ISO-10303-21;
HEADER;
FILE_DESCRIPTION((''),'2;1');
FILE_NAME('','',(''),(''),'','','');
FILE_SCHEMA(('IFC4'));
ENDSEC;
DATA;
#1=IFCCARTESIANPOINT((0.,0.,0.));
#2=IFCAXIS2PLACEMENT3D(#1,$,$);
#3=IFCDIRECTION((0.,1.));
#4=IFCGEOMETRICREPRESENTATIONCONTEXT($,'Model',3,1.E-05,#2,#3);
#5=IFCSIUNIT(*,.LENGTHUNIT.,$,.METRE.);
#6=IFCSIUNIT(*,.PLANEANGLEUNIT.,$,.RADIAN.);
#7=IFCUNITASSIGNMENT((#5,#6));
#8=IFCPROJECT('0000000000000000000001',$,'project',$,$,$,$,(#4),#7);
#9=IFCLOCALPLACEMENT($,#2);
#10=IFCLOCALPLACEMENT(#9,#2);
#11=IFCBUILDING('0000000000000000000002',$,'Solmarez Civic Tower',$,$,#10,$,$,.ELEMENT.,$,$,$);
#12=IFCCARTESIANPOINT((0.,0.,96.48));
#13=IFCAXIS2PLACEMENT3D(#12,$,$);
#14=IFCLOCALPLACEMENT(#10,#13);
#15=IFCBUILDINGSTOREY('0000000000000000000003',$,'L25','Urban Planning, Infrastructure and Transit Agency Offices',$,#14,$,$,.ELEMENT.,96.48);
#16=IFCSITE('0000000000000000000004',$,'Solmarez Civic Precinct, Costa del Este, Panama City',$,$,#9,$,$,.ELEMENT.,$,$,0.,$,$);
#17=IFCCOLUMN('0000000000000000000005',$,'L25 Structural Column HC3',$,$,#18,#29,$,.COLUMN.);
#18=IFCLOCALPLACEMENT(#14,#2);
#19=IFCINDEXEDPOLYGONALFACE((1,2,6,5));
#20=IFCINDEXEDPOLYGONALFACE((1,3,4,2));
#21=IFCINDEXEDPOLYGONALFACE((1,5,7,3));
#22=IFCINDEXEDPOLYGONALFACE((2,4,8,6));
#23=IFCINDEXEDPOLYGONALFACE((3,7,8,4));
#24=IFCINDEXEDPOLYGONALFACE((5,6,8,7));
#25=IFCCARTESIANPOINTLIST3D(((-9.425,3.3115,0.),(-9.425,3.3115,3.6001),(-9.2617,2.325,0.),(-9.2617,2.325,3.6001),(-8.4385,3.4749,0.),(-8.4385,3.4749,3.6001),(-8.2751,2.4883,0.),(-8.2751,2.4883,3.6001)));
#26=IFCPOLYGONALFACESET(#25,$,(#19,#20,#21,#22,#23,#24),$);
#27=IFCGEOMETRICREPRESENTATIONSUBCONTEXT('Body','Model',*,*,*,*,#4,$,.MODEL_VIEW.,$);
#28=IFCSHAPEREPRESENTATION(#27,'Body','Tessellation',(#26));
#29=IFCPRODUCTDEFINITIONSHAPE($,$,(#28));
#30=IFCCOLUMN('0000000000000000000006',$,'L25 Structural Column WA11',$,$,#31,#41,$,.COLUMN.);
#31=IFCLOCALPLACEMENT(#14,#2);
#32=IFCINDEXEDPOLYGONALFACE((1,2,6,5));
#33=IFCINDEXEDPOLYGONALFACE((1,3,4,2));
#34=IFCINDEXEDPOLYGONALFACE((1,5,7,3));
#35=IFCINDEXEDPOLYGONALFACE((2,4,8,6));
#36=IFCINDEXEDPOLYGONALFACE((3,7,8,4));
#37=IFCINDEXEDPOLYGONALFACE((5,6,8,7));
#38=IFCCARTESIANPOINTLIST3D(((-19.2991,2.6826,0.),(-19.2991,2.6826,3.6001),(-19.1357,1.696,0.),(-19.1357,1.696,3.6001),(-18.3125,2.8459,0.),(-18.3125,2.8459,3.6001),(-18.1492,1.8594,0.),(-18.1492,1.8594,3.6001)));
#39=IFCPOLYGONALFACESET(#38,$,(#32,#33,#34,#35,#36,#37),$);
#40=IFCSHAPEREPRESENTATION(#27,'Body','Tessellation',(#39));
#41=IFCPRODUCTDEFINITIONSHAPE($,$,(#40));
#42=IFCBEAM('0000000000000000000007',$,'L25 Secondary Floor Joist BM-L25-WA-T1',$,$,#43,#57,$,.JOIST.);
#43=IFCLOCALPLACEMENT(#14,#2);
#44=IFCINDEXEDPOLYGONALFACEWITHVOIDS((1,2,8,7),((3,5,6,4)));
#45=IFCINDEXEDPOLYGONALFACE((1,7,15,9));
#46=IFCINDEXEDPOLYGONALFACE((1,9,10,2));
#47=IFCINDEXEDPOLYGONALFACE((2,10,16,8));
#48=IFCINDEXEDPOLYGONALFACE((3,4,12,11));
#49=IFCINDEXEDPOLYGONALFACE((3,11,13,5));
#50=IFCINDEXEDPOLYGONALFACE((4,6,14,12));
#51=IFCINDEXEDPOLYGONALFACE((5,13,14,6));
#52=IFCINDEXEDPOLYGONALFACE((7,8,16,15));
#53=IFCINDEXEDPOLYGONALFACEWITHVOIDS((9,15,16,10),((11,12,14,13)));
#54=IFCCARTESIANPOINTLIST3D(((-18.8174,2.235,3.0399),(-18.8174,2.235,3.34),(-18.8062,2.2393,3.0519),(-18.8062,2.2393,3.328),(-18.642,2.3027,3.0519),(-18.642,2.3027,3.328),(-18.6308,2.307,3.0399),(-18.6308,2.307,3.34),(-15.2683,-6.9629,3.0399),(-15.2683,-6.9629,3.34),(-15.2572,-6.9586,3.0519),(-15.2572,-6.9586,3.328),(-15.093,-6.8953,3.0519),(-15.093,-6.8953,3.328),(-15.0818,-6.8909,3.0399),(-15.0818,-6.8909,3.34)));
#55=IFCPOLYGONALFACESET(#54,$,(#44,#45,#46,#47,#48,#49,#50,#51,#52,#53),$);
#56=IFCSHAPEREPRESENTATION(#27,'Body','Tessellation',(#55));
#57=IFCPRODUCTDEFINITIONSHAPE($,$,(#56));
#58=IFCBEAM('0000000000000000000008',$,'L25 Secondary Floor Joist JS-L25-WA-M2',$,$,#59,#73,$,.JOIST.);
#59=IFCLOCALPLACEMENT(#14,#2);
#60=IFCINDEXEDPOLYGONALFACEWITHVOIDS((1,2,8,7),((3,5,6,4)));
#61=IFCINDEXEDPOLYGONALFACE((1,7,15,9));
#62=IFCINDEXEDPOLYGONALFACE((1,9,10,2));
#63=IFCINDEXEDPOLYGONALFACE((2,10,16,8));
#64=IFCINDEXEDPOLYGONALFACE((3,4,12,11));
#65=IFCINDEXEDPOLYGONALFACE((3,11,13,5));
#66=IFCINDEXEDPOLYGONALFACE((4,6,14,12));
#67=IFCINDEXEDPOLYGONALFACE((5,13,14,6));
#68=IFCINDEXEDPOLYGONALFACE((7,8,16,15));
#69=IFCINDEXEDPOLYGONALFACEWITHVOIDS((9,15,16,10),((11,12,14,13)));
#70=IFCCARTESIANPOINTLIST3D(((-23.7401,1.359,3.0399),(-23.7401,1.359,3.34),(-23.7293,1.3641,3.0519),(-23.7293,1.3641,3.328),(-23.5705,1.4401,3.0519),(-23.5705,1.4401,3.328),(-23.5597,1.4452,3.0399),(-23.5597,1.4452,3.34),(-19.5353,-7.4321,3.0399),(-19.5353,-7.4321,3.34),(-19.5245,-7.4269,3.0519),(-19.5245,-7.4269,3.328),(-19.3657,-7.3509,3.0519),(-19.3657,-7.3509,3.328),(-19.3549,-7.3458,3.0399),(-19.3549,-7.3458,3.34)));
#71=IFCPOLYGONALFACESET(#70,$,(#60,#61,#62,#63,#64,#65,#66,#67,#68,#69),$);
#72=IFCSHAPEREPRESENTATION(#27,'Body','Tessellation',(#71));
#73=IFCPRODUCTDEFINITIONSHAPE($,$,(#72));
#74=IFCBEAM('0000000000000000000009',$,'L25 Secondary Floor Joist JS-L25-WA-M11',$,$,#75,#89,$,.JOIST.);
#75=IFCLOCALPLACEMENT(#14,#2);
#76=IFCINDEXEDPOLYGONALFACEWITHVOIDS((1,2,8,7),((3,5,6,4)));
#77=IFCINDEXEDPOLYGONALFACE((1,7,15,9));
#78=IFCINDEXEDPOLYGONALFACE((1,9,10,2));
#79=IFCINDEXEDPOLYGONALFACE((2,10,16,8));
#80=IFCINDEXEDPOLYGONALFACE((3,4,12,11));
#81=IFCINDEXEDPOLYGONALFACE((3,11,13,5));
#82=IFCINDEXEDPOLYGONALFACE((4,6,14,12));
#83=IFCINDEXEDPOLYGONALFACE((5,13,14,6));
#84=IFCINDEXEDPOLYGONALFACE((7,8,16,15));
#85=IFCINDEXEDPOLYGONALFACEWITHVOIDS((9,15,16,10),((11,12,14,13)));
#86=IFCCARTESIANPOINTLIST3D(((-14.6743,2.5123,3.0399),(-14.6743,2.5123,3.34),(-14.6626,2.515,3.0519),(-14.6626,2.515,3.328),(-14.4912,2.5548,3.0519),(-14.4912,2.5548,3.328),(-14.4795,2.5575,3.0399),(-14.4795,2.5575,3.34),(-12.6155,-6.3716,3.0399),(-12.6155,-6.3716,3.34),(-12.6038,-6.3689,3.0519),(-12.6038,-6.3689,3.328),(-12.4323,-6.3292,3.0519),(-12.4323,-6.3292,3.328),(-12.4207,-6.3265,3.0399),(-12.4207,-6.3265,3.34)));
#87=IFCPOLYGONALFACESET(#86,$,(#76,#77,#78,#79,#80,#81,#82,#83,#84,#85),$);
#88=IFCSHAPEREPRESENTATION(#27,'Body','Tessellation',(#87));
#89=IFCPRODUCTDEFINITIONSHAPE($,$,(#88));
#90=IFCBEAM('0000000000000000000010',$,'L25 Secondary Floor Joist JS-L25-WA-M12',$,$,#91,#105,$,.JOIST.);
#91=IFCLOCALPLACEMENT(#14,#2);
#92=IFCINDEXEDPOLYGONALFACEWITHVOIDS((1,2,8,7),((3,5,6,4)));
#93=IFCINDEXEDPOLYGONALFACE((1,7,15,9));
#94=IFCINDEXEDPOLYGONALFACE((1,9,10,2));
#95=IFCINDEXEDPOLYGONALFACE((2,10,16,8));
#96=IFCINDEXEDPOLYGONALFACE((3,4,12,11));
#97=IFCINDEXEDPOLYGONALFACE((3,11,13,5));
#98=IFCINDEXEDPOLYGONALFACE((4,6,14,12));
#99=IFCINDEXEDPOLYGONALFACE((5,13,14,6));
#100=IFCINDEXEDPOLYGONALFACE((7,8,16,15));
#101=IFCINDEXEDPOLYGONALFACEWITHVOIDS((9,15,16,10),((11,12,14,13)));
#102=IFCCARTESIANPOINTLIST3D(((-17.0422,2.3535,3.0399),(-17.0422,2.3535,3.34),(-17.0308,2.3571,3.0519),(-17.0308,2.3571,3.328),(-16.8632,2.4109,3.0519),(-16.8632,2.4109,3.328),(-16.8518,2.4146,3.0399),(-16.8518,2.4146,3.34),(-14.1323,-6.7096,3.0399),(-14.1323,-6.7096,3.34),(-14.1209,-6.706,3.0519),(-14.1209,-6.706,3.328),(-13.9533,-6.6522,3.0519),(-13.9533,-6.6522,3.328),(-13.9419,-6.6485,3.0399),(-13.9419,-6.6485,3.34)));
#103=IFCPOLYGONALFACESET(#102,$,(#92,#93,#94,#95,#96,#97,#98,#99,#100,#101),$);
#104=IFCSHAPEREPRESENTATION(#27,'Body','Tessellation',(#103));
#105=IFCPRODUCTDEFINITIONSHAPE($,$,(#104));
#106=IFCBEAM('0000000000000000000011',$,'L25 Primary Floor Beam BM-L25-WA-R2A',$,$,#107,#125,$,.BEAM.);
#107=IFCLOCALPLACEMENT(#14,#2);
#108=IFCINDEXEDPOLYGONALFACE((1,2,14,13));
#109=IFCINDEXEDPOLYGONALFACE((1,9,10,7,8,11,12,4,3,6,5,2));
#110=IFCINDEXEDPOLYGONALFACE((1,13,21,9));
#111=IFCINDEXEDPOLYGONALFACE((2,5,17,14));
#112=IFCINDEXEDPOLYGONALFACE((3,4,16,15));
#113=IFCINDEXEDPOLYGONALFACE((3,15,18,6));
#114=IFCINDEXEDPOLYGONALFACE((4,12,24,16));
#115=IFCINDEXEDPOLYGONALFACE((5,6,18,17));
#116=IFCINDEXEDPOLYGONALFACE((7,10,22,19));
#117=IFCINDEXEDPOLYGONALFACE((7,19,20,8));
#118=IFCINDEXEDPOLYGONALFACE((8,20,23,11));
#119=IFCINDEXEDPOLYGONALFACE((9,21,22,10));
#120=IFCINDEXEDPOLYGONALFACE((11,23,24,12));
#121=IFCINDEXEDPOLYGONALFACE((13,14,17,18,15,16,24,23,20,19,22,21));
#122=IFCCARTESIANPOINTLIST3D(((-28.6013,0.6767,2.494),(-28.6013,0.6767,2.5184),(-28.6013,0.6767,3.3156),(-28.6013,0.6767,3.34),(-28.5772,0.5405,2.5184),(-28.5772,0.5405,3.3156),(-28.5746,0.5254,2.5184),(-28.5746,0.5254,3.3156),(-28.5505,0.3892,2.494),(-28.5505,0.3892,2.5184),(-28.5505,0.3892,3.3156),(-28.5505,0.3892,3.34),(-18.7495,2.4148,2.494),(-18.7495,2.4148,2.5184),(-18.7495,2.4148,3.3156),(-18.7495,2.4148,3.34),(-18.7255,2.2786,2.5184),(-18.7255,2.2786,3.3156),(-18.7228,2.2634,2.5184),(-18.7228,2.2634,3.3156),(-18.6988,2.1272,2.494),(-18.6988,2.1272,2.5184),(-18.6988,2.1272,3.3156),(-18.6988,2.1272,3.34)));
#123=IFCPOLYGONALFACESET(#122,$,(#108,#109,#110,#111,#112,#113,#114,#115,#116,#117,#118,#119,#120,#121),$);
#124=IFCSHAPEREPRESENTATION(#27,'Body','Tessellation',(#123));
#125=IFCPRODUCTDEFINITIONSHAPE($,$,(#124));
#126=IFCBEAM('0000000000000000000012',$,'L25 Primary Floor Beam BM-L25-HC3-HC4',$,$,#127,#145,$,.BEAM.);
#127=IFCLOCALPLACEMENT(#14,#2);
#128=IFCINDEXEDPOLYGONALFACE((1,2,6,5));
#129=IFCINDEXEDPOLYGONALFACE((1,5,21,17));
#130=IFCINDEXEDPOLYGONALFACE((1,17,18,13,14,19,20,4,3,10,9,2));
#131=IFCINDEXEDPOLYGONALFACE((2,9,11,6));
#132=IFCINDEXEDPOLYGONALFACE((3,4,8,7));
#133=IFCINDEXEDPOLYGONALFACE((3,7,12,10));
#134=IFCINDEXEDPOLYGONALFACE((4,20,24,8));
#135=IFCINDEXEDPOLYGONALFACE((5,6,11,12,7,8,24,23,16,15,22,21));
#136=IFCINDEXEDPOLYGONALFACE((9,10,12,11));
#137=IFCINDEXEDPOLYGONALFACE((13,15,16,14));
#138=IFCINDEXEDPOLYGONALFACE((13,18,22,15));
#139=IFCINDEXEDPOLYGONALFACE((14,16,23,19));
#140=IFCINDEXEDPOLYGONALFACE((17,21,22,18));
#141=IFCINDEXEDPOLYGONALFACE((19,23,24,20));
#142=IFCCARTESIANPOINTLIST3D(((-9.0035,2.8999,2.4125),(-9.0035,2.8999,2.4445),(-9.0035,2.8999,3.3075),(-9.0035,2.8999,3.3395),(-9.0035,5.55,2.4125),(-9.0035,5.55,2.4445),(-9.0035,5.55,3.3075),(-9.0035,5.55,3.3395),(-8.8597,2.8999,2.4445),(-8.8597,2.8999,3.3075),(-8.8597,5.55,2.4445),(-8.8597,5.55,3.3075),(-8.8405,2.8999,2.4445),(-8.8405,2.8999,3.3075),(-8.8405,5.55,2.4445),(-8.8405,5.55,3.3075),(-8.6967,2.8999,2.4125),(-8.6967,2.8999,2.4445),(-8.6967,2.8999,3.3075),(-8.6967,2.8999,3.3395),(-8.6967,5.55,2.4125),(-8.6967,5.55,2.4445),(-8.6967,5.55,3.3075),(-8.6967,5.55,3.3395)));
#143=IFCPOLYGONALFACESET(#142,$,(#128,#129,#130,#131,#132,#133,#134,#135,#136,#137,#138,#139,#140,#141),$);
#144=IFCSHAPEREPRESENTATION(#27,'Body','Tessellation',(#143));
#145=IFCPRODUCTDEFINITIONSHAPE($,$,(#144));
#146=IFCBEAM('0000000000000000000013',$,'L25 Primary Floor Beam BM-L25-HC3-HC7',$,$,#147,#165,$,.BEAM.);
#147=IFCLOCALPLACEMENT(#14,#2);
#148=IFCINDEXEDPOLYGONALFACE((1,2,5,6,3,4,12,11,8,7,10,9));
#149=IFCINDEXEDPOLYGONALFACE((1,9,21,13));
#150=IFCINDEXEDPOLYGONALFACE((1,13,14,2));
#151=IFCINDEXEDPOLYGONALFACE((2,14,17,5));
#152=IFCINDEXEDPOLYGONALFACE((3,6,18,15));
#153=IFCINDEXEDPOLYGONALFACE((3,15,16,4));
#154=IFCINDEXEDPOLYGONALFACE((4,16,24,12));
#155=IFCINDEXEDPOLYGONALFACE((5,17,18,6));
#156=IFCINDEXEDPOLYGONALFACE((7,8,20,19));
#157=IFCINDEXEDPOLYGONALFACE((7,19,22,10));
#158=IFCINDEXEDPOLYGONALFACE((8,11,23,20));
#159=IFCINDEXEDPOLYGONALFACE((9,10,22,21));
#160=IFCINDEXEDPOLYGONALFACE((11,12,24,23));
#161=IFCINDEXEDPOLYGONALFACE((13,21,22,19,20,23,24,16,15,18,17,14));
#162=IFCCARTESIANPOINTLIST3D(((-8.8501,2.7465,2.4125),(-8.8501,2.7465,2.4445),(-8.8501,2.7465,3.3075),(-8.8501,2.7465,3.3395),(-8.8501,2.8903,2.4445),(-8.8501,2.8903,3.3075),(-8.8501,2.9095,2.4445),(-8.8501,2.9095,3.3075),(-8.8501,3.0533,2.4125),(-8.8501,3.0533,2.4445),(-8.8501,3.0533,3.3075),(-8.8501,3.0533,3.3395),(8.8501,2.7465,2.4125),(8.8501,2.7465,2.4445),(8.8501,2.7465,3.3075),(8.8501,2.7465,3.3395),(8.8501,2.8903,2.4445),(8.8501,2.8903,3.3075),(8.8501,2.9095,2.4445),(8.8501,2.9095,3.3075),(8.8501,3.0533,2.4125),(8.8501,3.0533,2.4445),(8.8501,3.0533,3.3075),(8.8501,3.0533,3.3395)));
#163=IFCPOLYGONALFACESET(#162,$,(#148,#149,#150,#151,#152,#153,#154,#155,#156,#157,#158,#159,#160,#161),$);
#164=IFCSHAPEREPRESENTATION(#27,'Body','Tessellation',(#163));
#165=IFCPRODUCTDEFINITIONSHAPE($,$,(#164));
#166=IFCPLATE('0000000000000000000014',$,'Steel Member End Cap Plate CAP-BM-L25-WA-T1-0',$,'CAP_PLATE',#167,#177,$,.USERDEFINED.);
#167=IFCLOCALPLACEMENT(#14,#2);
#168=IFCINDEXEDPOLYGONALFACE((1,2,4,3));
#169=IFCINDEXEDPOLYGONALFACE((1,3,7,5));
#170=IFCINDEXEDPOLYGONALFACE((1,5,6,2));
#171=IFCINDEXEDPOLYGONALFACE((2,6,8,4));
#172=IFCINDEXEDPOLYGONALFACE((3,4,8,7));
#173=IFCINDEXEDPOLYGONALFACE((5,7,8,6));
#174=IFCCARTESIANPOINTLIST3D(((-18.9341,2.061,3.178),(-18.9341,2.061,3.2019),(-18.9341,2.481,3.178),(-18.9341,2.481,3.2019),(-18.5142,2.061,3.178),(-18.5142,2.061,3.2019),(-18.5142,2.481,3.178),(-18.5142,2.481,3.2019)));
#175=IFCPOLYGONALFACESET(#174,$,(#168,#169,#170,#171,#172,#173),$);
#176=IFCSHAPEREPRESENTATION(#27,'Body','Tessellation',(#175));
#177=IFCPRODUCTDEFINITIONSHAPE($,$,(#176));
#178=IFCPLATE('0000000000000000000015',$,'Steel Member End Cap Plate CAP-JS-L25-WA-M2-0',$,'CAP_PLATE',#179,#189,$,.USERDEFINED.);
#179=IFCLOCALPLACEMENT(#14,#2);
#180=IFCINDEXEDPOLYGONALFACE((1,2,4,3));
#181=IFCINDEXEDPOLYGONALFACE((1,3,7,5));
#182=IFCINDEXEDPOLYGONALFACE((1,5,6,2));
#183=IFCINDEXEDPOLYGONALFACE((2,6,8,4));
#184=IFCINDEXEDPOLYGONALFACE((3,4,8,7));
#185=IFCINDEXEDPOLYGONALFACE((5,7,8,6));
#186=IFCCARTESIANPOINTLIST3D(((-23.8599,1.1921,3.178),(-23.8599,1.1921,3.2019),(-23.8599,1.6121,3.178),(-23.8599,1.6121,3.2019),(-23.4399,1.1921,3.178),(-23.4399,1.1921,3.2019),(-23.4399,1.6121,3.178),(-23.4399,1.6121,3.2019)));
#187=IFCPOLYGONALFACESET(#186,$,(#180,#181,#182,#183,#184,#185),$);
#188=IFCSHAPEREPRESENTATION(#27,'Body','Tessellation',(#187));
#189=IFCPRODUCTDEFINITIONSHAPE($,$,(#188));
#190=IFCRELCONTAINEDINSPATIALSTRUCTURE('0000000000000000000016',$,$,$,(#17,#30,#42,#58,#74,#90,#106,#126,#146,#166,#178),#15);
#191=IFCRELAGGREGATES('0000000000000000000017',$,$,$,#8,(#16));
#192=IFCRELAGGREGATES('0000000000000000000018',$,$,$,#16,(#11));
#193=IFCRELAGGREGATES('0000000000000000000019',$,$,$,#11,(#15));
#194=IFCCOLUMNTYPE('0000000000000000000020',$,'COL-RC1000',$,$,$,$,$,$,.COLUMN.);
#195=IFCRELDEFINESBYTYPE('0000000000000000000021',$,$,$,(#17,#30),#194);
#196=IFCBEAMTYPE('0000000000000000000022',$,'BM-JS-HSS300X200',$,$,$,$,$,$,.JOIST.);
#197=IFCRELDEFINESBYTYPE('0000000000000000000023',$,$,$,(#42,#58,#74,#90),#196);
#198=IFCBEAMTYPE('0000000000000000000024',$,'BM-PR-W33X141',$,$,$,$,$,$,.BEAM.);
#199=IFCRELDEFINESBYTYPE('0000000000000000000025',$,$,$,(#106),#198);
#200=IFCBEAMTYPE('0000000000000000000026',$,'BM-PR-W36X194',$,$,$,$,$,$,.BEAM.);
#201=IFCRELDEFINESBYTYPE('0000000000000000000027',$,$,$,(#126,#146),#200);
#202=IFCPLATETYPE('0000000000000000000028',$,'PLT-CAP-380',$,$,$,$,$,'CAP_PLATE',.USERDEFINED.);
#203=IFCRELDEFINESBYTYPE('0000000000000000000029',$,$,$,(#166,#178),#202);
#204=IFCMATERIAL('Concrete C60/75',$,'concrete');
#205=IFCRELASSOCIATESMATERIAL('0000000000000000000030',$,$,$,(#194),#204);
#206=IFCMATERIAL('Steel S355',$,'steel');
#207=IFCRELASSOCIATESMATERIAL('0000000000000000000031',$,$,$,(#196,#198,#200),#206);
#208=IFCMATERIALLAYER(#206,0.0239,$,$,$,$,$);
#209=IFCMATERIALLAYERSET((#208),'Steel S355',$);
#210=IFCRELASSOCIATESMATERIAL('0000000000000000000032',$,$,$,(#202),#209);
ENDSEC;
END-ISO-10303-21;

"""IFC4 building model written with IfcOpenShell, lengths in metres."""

from ifc_helpers import new_model, si_unit, direction, frame, origin, origin_2d, place, context, subcontext, project, spatial, rectangle, hollow_rectangle, i_section, extrude, material, layer, layer_set, material_profile, profile_set, type_object, element, save


model = new_model("IFC4")

# Units and contexts
model_context = context("Model", 3, precision=1e-05, world=origin(), true_north=direction((0.0, 1.0)))
body_context = subcontext(model_context, "Body", "Model", "MODEL_VIEW")
ifc_project = project(units=[si_unit("LENGTHUNIT", "METRE"), si_unit("PLANEANGLEUNIT", "RADIAN")], contexts=[model_context])

# Site, building, storey
site_placement = place(None, origin())
site = spatial("IfcSite", under=ifc_project, at=site_placement, Name="Solmarez Civic Precinct, Costa del Este, Panama City", CompositionType="ELEMENT", RefElevation=0.0)
building_placement = place(site_placement, origin())
building = spatial("IfcBuilding", under=site, at=building_placement, Name="Solmarez Civic Tower", CompositionType="ELEMENT")
storey_placement = place(building_placement, frame((0.0, 0.0, 96.48)))
storey = spatial("IfcBuildingStorey", under=building, at=storey_placement, Name="L25", Description="Urban Planning, Infrastructure and Transit Agency Offices", CompositionType="ELEMENT", Elevation=96.48)

# Columns
ifc_material_1 = material(Name="Concrete C60/75", Category="concrete")
ifc_material_profile_1 = material_profile(ifc_material_1, rectangle(XDim=1.0, YDim=1.0, at=origin_2d()), Name="RC1000X1000")
ifc_profile_set_1 = profile_set([ifc_material_profile_1], Name="Concrete C60/75")
column_type = type_object("IfcColumnType", Name="COL-RC1000", PredefinedType="COLUMN", material=ifc_profile_set_1)
for number, where, z_axis, x_axis, name in (
    (1, (-8.8501, 2.8999, 0.0), (0.0, 0.0, 1.0), (0.986572, 0.163326, 0.0), "L25 Structural Column HC3"),
    (2, (-18.7241, 2.271, 0.0), (0.0, 0.0, 1.0), (0.986572, 0.163326, 0.0), "L25 Structural Column WA11"),
):
    element("IfcColumn", number, at=place(storey_placement, frame(where, z_axis=z_axis, x_axis=x_axis)), inside=storey, type_object=column_type, Name=name, PredefinedType="COLUMN", context=body_context, shape_type="SweptSolid", body=[
        extrude(rectangle(XDim=1.0, YDim=1.0, at=origin_2d()), origin(), (0.0, 0.0, 1.0), 3.6001),
    ])

# Beams
ifc_material_2 = material(Name="Steel S355", Category="steel")
ifc_material_profile_2 = material_profile(ifc_material_2, hollow_rectangle(XDim=0.2, YDim=0.3, WallThickness=0.012, at=origin_2d()), Name="HSS300X200X12")
ifc_profile_set_2 = profile_set([ifc_material_profile_2], Name="Steel S355")
beam_type_1 = type_object("IfcBeamType", Name="BM-JS-HSS300X200", PredefinedType="JOIST", material=ifc_profile_set_2)
beam_1_placement = place(storey_placement, frame((-18.7241, 2.271, 3.1899), z_axis=(0.359984, -0.932958, 0.0), x_axis=(0.932958, 0.359984, 0.0)))
element("IfcBeam", 3, at=beam_1_placement, inside=storey, type_object=beam_type_1, Name="L25 Secondary Floor Joist BM-L25-WA-T1", PredefinedType="JOIST", context=body_context, shape_type="SweptSolid", body=[
    extrude(hollow_rectangle(XDim=0.2, YDim=0.3, WallThickness=0.012, at=origin_2d()), origin(), (0.0, 0.0, 1.0), 9.8589),
])
beam_2_placement = place(storey_placement, frame((-23.6499, 1.4021, 3.1899), z_axis=(0.431492, -0.902117, 0.0), x_axis=(0.902117, 0.431492, 0.0)))
element("IfcBeam", 4, at=beam_2_placement, inside=storey, type_object=beam_type_1, Name="L25 Secondary Floor Joist JS-L25-WA-M2", PredefinedType="JOIST", context=body_context, shape_type="SweptSolid", body=[
    extrude(hollow_rectangle(XDim=0.2, YDim=0.3, WallThickness=0.012, at=origin_2d()), origin(), (0.0, 0.0, 1.0), 9.7449),
])
beam_3_placement = place(storey_placement, frame((-14.5769, 2.5349, 3.1899), z_axis=(0.225763, -0.974182, 0.0), x_axis=(0.974182, 0.225763, 0.0)))
element("IfcBeam", 5, at=beam_3_placement, inside=storey, type_object=beam_type_1, Name="L25 Secondary Floor Joist JS-L25-WA-M11", PredefinedType="JOIST", context=body_context, shape_type="SweptSolid", body=[
    extrude(hollow_rectangle(XDim=0.2, YDim=0.3, WallThickness=0.012, at=origin_2d()), origin(), (0.0, 0.0, 1.0), 9.1194),
])
beam_4_placement = place(storey_placement, frame((-16.947, 2.384, 3.1899), z_axis=(0.305705, -0.952126, 0.0), x_axis=(0.952126, 0.305705, 0.0)))
element("IfcBeam", 6, at=beam_4_placement, inside=storey, type_object=beam_type_1, Name="L25 Secondary Floor Joist JS-L25-WA-M12", PredefinedType="JOIST", context=body_context, shape_type="SweptSolid", body=[
    extrude(hollow_rectangle(XDim=0.2, YDim=0.3, WallThickness=0.012, at=origin_2d()), origin(), (0.0, 0.0, 1.0), 9.5188),
])
ifc_material_profile_3 = material_profile(ifc_material_2, i_section(OverallWidth=0.292, OverallDepth=0.8459, WebThickness=0.0154, FlangeThickness=0.0244, at=origin_2d()), Name="W33X141")
ifc_profile_set_3 = profile_set([ifc_material_profile_3], Name="Steel S355")
beam_type_2 = type_object("IfcBeamType", Name="BM-PR-W33X141", PredefinedType="BEAM", material=ifc_profile_set_3)
beam_5_placement = place(storey_placement, frame((-18.7241, 2.271, 2.917), z_axis=(-0.984792, -0.173735, 0.0), x_axis=(0.173735, -0.984792, 0.0)))
element("IfcBeam", 7, at=beam_5_placement, inside=storey, type_object=beam_type_2, Name="L25 Primary Floor Beam BM-L25-WA-R2A", PredefinedType="BEAM", context=body_context, shape_type="SweptSolid", body=[
    extrude(i_section(OverallWidth=0.292, OverallDepth=0.8459, WebThickness=0.0154, FlangeThickness=0.0244, at=origin_2d()), origin(), (0.0, 0.0, 1.0), 10.0039),
])
ifc_material_profile_4 = material_profile(ifc_material_2, i_section(OverallWidth=0.3069, OverallDepth=0.927, WebThickness=0.0193, FlangeThickness=0.032, at=origin_2d()), Name="W36X194")
ifc_profile_set_4 = profile_set([ifc_material_profile_4], Name="Steel S355")
beam_type_3 = type_object("IfcBeamType", Name="BM-PR-W36X194", PredefinedType="BEAM", material=ifc_profile_set_4)
beam_6_placement = place(storey_placement, frame((-8.8501, 2.8999, 2.876), z_axis=(0.0, 1.0, 0.0), x_axis=(-1.0, 0.0, 0.0)))
element("IfcBeam", 8, at=beam_6_placement, inside=storey, type_object=beam_type_3, Name="L25 Primary Floor Beam BM-L25-HC3-HC4", PredefinedType="BEAM", context=body_context, shape_type="SweptSolid", body=[
    extrude(i_section(OverallWidth=0.3069, OverallDepth=0.927, WebThickness=0.0193, FlangeThickness=0.032, at=origin_2d()), origin(), (0.0, 0.0, 1.0), 2.6501),
])
beam_7_placement = place(storey_placement, frame((-8.8501, 2.8999, 2.876), z_axis=(1.0, 0.0, 0.0), x_axis=(0.0, 1.0, 0.0)))
element("IfcBeam", 9, at=beam_7_placement, inside=storey, type_object=beam_type_3, Name="L25 Primary Floor Beam BM-L25-HC3-HC7", PredefinedType="BEAM", context=body_context, shape_type="SweptSolid", body=[
    extrude(i_section(OverallWidth=0.3069, OverallDepth=0.927, WebThickness=0.0193, FlangeThickness=0.032, at=origin_2d()), origin(), (0.0, 0.0, 1.0), 17.7002),
])

# Plates
ifc_layer_1 = layer(ifc_material_2, 0.0239)
ifc_layer_set_1 = layer_set([ifc_layer_1], Name="Steel S355")
plate_type_1 = type_object("IfcPlateType", Name="PLT-CAP-380", ElementType="CAP_PLATE", PredefinedType="USERDEFINED", material=ifc_layer_set_1)
for number, where, z_axis, x_axis, name in (
    (10, (-18.7241, 2.271, 3.178), (0.0, 0.0, 1.0), (1.0, 0.0, 0.0), "Steel Member End Cap Plate CAP-BM-L25-WA-T1-0"),
    (11, (-23.6499, 1.4021, 3.178), (0.0, 0.0, 1.0), (1.0, 0.0, 0.0), "Steel Member End Cap Plate CAP-JS-L25-WA-M2-0"),
):
    element("IfcPlate", number, at=place(storey_placement, frame(where, z_axis=z_axis, x_axis=x_axis)), inside=storey, type_object=plate_type_1, Name=name, ObjectType="CAP_PLATE", PredefinedType="USERDEFINED", context=body_context, shape_type="SweptSolid", body=[
        extrude(rectangle(XDim=0.4199, YDim=0.4199, at=origin_2d()), origin(), (0.0, 0.0, 1.0), 0.0239),
    ])

save(model, "model.ifc")
